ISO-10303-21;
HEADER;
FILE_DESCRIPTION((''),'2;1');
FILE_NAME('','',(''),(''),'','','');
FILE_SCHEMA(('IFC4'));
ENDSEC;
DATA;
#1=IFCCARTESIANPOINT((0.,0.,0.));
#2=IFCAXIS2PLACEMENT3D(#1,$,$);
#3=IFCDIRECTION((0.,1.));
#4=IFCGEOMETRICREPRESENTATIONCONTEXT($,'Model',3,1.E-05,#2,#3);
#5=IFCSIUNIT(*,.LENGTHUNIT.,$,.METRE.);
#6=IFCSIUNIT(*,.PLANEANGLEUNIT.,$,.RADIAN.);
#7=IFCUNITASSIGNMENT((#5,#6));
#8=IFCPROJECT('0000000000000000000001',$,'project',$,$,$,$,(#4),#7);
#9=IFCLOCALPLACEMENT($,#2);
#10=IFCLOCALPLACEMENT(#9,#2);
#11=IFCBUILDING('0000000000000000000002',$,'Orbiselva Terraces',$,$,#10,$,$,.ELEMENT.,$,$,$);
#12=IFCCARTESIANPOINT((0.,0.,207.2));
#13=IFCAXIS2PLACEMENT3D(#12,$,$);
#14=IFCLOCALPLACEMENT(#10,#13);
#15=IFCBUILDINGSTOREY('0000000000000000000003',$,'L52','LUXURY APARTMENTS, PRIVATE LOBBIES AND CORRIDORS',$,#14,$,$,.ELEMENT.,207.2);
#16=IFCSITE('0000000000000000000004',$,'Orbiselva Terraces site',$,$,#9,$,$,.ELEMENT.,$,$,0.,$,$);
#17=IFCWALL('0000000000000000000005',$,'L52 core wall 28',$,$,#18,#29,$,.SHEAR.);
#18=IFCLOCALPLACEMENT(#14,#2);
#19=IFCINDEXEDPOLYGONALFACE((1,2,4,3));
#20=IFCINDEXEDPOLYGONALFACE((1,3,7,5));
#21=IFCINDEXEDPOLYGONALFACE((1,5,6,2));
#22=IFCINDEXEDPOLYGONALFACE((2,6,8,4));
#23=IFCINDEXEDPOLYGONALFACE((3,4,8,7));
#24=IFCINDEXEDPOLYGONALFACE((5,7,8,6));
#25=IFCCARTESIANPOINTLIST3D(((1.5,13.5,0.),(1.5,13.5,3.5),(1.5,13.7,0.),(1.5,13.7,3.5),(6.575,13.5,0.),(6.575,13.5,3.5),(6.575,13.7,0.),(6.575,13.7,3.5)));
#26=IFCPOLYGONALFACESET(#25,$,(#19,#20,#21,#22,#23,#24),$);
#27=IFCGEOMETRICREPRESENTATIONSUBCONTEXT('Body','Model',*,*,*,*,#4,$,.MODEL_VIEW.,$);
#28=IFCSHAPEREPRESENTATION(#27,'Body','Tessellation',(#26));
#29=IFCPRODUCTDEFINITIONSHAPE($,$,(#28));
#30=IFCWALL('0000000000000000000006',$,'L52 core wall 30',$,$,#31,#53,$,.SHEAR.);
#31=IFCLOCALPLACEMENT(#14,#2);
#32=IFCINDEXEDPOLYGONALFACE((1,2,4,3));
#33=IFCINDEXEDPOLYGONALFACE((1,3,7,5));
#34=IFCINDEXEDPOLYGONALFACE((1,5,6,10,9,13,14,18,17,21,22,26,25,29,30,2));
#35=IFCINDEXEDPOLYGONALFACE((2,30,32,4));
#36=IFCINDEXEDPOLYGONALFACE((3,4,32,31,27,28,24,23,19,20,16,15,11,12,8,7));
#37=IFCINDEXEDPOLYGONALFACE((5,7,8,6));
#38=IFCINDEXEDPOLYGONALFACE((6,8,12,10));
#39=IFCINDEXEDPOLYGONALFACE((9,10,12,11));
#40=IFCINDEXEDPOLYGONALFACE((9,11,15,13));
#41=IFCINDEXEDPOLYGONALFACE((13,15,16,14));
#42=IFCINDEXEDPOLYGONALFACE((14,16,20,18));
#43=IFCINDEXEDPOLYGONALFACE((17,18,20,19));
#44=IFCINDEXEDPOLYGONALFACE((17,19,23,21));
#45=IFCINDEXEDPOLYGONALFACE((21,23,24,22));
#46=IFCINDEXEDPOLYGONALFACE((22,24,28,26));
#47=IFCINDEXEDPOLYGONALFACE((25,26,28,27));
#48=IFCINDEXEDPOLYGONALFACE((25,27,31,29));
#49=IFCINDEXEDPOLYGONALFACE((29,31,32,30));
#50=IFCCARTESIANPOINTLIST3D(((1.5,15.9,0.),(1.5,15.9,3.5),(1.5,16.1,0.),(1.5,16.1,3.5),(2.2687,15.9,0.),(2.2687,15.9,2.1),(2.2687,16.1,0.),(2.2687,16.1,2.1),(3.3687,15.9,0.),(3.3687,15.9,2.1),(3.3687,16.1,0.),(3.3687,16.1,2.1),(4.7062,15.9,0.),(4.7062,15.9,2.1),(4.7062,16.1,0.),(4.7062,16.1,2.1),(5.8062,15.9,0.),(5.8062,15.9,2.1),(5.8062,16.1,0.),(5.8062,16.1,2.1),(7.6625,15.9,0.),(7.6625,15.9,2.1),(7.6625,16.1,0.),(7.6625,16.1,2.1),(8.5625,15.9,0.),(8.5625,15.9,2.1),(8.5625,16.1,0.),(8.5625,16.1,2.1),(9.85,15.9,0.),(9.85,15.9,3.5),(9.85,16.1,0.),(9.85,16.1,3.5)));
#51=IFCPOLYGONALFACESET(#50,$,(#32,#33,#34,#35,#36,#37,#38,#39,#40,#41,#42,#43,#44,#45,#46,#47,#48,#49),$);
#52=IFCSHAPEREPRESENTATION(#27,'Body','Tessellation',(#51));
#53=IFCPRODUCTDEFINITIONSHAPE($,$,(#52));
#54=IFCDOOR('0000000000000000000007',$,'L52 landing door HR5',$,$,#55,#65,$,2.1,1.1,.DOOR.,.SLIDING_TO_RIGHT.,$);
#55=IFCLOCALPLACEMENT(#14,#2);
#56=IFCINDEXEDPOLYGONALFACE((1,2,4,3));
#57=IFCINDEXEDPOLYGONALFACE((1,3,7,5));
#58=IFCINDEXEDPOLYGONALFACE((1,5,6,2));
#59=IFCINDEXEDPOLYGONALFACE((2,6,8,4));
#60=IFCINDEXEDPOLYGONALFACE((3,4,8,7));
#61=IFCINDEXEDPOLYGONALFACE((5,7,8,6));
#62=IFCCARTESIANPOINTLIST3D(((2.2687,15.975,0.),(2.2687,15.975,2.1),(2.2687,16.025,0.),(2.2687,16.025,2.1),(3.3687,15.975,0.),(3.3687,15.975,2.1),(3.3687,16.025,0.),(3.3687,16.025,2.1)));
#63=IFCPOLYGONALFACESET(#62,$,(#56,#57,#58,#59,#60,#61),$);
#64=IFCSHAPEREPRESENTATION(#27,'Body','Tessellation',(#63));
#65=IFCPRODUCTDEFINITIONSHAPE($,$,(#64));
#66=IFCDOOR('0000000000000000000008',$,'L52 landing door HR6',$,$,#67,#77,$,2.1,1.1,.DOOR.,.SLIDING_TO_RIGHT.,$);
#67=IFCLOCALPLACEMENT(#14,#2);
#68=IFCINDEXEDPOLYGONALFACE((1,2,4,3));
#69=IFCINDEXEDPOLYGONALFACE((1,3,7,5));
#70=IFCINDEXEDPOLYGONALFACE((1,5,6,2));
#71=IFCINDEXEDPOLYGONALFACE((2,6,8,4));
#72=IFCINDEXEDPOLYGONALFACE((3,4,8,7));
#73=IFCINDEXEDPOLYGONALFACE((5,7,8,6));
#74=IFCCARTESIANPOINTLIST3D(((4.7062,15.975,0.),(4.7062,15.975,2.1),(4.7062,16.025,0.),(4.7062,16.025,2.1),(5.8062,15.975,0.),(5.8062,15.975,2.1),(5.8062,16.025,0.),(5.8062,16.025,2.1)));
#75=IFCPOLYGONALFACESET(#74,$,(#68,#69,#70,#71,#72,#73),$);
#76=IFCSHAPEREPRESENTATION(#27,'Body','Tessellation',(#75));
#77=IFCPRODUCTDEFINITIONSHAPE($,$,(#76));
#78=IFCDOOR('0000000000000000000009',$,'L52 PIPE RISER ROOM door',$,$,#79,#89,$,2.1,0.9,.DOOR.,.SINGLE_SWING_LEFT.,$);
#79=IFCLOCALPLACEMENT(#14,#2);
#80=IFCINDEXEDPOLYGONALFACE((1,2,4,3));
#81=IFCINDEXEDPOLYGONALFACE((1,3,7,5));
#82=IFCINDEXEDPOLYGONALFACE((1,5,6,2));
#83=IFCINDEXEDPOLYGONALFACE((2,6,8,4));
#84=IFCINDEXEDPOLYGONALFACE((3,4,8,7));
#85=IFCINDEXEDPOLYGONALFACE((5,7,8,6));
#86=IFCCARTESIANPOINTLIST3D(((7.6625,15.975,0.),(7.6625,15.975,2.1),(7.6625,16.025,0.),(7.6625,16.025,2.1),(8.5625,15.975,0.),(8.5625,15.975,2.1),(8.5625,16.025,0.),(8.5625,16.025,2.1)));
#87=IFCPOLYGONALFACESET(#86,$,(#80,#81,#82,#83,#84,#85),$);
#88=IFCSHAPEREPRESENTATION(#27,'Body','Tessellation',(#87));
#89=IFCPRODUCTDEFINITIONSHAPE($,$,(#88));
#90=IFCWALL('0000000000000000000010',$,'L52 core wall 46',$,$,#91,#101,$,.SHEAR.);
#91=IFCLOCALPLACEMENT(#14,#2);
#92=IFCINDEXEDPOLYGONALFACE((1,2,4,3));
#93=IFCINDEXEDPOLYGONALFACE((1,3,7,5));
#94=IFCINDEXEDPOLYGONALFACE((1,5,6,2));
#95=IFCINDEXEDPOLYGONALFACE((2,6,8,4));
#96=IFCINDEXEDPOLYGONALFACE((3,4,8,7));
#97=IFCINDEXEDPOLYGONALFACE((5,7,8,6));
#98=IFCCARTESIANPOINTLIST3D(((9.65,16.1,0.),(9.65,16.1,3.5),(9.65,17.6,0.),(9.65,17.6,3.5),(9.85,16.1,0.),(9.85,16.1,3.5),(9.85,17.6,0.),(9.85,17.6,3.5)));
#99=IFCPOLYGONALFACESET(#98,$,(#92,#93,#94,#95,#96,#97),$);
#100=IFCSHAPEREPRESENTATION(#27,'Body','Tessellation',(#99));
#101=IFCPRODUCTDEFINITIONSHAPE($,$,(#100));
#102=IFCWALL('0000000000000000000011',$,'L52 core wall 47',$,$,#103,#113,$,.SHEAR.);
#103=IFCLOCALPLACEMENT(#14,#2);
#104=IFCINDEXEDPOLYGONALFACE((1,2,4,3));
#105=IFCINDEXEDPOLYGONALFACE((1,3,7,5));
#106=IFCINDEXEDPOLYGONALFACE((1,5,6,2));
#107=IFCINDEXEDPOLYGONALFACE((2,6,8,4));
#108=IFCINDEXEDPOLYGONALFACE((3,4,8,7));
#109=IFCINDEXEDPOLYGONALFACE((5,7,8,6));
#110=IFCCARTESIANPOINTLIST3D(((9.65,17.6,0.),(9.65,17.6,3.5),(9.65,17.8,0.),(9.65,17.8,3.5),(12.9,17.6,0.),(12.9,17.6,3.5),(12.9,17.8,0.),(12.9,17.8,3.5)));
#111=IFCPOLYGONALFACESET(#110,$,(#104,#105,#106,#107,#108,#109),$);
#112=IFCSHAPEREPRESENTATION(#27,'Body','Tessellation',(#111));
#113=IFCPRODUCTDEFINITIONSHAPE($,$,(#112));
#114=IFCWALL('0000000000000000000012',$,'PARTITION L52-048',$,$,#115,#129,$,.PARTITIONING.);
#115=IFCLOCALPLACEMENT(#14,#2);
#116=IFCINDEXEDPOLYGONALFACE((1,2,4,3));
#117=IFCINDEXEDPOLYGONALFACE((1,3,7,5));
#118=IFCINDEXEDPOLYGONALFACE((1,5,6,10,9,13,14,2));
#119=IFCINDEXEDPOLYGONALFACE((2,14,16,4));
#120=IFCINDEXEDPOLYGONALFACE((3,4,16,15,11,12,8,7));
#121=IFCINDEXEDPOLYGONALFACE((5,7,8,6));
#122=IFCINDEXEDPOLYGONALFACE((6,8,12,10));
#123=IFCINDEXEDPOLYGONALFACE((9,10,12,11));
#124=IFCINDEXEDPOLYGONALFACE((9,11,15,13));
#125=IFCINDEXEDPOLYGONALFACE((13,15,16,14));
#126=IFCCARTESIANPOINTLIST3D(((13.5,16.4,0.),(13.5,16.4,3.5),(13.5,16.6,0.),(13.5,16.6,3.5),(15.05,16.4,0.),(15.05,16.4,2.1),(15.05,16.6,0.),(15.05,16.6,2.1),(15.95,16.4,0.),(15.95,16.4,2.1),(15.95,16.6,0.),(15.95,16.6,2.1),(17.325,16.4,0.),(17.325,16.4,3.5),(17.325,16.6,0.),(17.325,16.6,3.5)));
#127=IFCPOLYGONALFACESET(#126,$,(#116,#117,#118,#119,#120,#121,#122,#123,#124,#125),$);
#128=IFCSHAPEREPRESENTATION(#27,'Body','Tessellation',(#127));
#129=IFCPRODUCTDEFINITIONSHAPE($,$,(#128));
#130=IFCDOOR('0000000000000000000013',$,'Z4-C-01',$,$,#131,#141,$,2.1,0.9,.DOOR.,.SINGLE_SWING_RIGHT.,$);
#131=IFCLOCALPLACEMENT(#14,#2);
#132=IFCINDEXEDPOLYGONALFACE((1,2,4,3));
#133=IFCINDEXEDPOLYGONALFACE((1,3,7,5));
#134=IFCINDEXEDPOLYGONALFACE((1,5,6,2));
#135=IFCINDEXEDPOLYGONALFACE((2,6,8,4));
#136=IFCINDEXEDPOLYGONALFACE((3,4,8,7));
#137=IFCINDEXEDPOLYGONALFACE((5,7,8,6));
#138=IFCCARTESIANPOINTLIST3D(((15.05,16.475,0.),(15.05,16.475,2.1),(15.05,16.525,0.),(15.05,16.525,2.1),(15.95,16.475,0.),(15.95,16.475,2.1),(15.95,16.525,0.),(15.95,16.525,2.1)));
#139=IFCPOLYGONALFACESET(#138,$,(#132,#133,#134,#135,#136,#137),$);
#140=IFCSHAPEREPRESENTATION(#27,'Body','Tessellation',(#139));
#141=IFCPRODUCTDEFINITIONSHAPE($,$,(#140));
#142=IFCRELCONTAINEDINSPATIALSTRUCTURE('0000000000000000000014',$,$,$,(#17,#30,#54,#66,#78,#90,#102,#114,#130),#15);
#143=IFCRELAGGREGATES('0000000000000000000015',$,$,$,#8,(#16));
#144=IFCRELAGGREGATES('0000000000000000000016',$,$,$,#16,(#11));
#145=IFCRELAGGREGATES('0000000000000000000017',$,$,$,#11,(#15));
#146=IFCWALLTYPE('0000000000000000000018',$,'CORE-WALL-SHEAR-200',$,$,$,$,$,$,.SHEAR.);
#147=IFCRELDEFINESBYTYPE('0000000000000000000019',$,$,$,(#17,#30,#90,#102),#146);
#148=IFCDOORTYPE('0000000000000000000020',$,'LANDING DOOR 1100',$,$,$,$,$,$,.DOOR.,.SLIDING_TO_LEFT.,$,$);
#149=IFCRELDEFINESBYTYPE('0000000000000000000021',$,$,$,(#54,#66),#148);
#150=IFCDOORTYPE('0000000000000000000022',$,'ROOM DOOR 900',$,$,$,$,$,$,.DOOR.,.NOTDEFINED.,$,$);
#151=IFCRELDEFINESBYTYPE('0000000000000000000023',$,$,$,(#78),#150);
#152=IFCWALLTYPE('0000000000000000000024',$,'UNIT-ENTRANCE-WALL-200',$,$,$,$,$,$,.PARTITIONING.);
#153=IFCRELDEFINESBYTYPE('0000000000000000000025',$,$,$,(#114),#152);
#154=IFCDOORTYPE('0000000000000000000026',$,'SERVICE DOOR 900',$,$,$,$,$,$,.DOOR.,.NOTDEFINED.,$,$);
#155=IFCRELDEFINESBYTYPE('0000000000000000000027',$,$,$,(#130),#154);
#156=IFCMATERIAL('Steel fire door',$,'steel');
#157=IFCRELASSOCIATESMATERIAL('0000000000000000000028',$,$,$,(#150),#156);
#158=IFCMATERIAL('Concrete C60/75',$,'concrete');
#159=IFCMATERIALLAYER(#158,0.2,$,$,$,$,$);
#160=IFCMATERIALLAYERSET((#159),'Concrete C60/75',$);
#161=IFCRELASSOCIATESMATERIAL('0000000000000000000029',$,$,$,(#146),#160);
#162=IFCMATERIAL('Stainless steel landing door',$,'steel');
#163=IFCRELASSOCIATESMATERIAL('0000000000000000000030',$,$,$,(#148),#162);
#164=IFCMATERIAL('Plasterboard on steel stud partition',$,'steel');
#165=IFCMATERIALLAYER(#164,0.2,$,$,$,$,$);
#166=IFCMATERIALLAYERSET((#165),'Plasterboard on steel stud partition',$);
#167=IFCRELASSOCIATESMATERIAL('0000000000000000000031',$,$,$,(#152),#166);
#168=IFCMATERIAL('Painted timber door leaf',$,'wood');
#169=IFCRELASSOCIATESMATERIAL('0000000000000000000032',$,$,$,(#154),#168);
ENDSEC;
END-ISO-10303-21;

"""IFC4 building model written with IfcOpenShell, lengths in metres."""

from ifc_helpers import new_model, si_unit, direction, frame, frame_2d, origin, place, context, subcontext, project, spatial, rectangle, extrude, material, layer, layer_set, type_object, element, fill, save


model = new_model("IFC4")

# Units and contexts
model_context = context("Model", 3, precision=1e-05, world=origin(), true_north=direction((0.0, 1.0)))
body_context = subcontext(model_context, "Body", "Model", "MODEL_VIEW")
ifc_project = project(units=[si_unit("LENGTHUNIT", "METRE"), si_unit("PLANEANGLEUNIT", "RADIAN")], contexts=[model_context])

# Site, building, storey
site_placement = place(None, origin())
site = spatial("IfcSite", under=ifc_project, at=site_placement, Name="Orbiselva Terraces site", CompositionType="ELEMENT", RefElevation=0.0)
building_placement = place(site_placement, origin())
building = spatial("IfcBuilding", under=site, at=building_placement, Name="Orbiselva Terraces", CompositionType="ELEMENT")
storey_placement = place(building_placement, frame((0.0, 0.0, 207.2)))
storey = spatial("IfcBuildingStorey", under=building, at=storey_placement, Name="L52", Description="LUXURY APARTMENTS, PRIVATE LOBBIES AND CORRIDORS", CompositionType="ELEMENT", Elevation=207.2)

# Shared definitions
ifc_material_1 = material(Name="Steel fire door", Category="steel")
door_type_1 = type_object("IfcDoorType", Name="ROOM DOOR 900", OperationType="NOTDEFINED", PredefinedType="DOOR", material=ifc_material_1)

# Wall
ifc_material_2 = material(Name="Concrete C60/75", Category="concrete")
ifc_layer_1 = layer(ifc_material_2, 0.2)
ifc_layer_set_1 = layer_set([ifc_layer_1], Name="Concrete C60/75")
wall_type_1 = type_object("IfcWallType", Name="CORE-WALL-SHEAR-200", PredefinedType="SHEAR", material=ifc_layer_set_1)
wall_1_placement = place(storey_placement, frame((1.5, 13.6, 0.0), z_axis=(0.0, 0.0, 1.0), x_axis=(1.0, 0.0, 0.0)))
element("IfcWall", 1, at=wall_1_placement, inside=storey, type_object=wall_type_1, Name="L52 core wall 28", PredefinedType="SHEAR", context=body_context, shape_type="SweptSolid", body=[
    extrude(rectangle(XDim=5.075, YDim=0.2, at=frame_2d((2.5375, 0.0))), origin(), (0.0, 0.0, 1.0), 3.5),
])

# Wall, openings, doors
wall_2_placement = place(storey_placement, frame((9.85, 16.0, 0.0), z_axis=(0.0, 0.0, 1.0), x_axis=(-1.0, 0.0, 0.0)))
wall_2 = element("IfcWall", 2, at=wall_2_placement, inside=storey, type_object=wall_type_1, Name="L52 core wall 30", PredefinedType="SHEAR", context=body_context, shape_type="SweptSolid", body=[
    extrude(rectangle(XDim=8.35, YDim=0.2, at=frame_2d((4.175, 0.0))), origin(), (0.0, 0.0, 1.0), 3.5),
])
opening_1_placement = place(wall_2_placement, frame((6.4813, 0.0, 0.0)))
opening_1 = element("IfcOpeningElement", 3, at=opening_1_placement, cuts=wall_2, PredefinedType="OPENING", context=body_context, shape_type="SweptSolid", body=[
    extrude(rectangle(XDim=1.1, YDim=2.1, at=frame_2d((0.55, 1.05))), frame((0.0, 0.11, 0.0), z_axis=(0.0, -1.0, 0.0), x_axis=(1.0, 0.0, 0.0)), (0.0, 0.0, 1.0), 0.22),
])
opening_2_placement = place(wall_2_placement, frame((4.0438, 0.0, 0.0)))
opening_2 = element("IfcOpeningElement", 4, at=opening_2_placement, cuts=wall_2, PredefinedType="OPENING", context=body_context, shape_type="SweptSolid", body=[
    extrude(rectangle(XDim=1.1, YDim=2.1, at=frame_2d((0.55, 1.05))), frame((0.0, 0.11, 0.0), z_axis=(0.0, -1.0, 0.0), x_axis=(1.0, 0.0, 0.0)), (0.0, 0.0, 1.0), 0.22),
])
opening_3_placement = place(wall_2_placement, frame((1.2875, 0.0, 0.0)))
opening_3 = element("IfcOpeningElement", 5, at=opening_3_placement, cuts=wall_2, PredefinedType="OPENING", context=body_context, shape_type="SweptSolid", body=[
    extrude(rectangle(XDim=0.9, YDim=2.1, at=frame_2d((0.45, 1.05))), frame((0.0, 0.11, 0.0), z_axis=(0.0, -1.0, 0.0), x_axis=(1.0, 0.0, 0.0)), (0.0, 0.0, 1.0), 0.22),
])
ifc_material_3 = material(Name="Stainless steel landing door", Category="steel")
door_type_2 = type_object("IfcDoorType", Name="LANDING DOOR 1100", OperationType="SLIDING_TO_LEFT", PredefinedType="DOOR", material=ifc_material_3)
door_1_placement = place(opening_1_placement, origin())
door_1 = element("IfcDoor", 6, at=door_1_placement, inside=storey, type_object=door_type_2, Name="L52 landing door HR5", OperationType="SLIDING_TO_RIGHT", OverallHeight=2.1, OverallWidth=1.1, PredefinedType="DOOR", context=body_context, shape_type="SweptSolid", body=[
    extrude(rectangle(XDim=1.1, YDim=2.1, at=frame_2d((0.55, 1.05))), frame((0.0, 0.025, 0.0), z_axis=(0.0, -1.0, 0.0), x_axis=(1.0, 0.0, 0.0)), (0.0, 0.0, 1.0), 0.05),
])
fill(opening_1, door_1)
door_2_placement = place(opening_2_placement, origin())
door_2 = element("IfcDoor", 7, at=door_2_placement, inside=storey, type_object=door_type_2, Name="L52 landing door HR6", OperationType="SLIDING_TO_RIGHT", OverallHeight=2.1, OverallWidth=1.1, PredefinedType="DOOR", context=body_context, shape_type="SweptSolid", body=[
    extrude(rectangle(XDim=1.1, YDim=2.1, at=frame_2d((0.55, 1.05))), frame((0.0, 0.025, 0.0), z_axis=(0.0, -1.0, 0.0), x_axis=(1.0, 0.0, 0.0)), (0.0, 0.0, 1.0), 0.05),
])
fill(opening_2, door_2)
door_3_placement = place(opening_3_placement, origin())
door_3 = element("IfcDoor", 8, at=door_3_placement, inside=storey, type_object=door_type_1, Name="L52 PIPE RISER ROOM door", OperationType="SINGLE_SWING_LEFT", OverallHeight=2.1, OverallWidth=0.9, PredefinedType="DOOR", context=body_context, shape_type="SweptSolid", body=[
    extrude(rectangle(XDim=0.9, YDim=2.1, at=frame_2d((0.45, 1.05))), frame((0.0, 0.025, 0.0), z_axis=(0.0, -1.0, 0.0), x_axis=(1.0, 0.0, 0.0)), (0.0, 0.0, 1.0), 0.05),
])
fill(opening_3, door_3)

# Walls
wall_3_placement = place(storey_placement, frame((9.75, 16.1, 0.0), z_axis=(0.0, 0.0, 1.0), x_axis=(0.0, 1.0, 0.0)))
element("IfcWall", 9, at=wall_3_placement, inside=storey, type_object=wall_type_1, Name="L52 core wall 46", PredefinedType="SHEAR", context=body_context, shape_type="SweptSolid", body=[
    extrude(rectangle(XDim=1.5, YDim=0.2, at=frame_2d((0.75, 0.0))), origin(), (0.0, 0.0, 1.0), 3.5),
])
wall_4_placement = place(storey_placement, frame((9.65, 17.7, 0.0), z_axis=(0.0, 0.0, 1.0), x_axis=(1.0, 0.0, 0.0)))
element("IfcWall", 10, at=wall_4_placement, inside=storey, type_object=wall_type_1, Name="L52 core wall 47", PredefinedType="SHEAR", context=body_context, shape_type="SweptSolid", body=[
    extrude(rectangle(XDim=3.25, YDim=0.2, at=frame_2d((1.625, 0.0))), origin(), (0.0, 0.0, 1.0), 3.5),
])

# Wall, opening, door
ifc_material_4 = material(Name="Plasterboard on steel stud partition", Category="steel")
ifc_layer_2 = layer(ifc_material_4, 0.2)
ifc_layer_set_2 = layer_set([ifc_layer_2], Name="Plasterboard on steel stud partition")
wall_type_2 = type_object("IfcWallType", Name="UNIT-ENTRANCE-WALL-200", PredefinedType="PARTITIONING", material=ifc_layer_set_2)
wall_5_placement = place(storey_placement, frame((13.5, 16.5, 0.0), z_axis=(0.0, 0.0, 1.0), x_axis=(1.0, 0.0, 0.0)))
wall_5 = element("IfcWall", 11, at=wall_5_placement, inside=storey, type_object=wall_type_2, Name="PARTITION L52-048", PredefinedType="PARTITIONING", context=body_context, shape_type="SweptSolid", body=[
    extrude(rectangle(XDim=3.825, YDim=0.2, at=frame_2d((1.9125, 0.0))), origin(), (0.0, 0.0, 1.0), 3.5),
])
opening_4_placement = place(wall_5_placement, frame((1.55, 0.0, 0.0)))
opening_4 = element("IfcOpeningElement", 12, at=opening_4_placement, cuts=wall_5, PredefinedType="OPENING", context=body_context, shape_type="SweptSolid", body=[
    extrude(rectangle(XDim=0.9, YDim=2.1, at=frame_2d((0.45, 1.05))), frame((0.0, 0.11, 0.0), z_axis=(0.0, -1.0, 0.0), x_axis=(1.0, 0.0, 0.0)), (0.0, 0.0, 1.0), 0.22),
])
ifc_material_5 = material(Name="Painted timber door leaf", Category="wood")
door_type_3 = type_object("IfcDoorType", Name="SERVICE DOOR 900", OperationType="NOTDEFINED", PredefinedType="DOOR", material=ifc_material_5)
door_4_placement = place(opening_4_placement, origin())
door_4 = element("IfcDoor", 13, at=door_4_placement, inside=storey, type_object=door_type_3, Name="Z4-C-01", OperationType="SINGLE_SWING_RIGHT", OverallHeight=2.1, OverallWidth=0.9, PredefinedType="DOOR", context=body_context, shape_type="SweptSolid", body=[
    extrude(rectangle(XDim=0.9, YDim=2.1, at=frame_2d((0.45, 1.05))), frame((0.0, 0.025, 0.0), z_axis=(0.0, -1.0, 0.0), x_axis=(1.0, 0.0, 0.0)), (0.0, 0.0, 1.0), 0.05),
])
fill(opening_4, door_4)

save(model, "model.ifc")
